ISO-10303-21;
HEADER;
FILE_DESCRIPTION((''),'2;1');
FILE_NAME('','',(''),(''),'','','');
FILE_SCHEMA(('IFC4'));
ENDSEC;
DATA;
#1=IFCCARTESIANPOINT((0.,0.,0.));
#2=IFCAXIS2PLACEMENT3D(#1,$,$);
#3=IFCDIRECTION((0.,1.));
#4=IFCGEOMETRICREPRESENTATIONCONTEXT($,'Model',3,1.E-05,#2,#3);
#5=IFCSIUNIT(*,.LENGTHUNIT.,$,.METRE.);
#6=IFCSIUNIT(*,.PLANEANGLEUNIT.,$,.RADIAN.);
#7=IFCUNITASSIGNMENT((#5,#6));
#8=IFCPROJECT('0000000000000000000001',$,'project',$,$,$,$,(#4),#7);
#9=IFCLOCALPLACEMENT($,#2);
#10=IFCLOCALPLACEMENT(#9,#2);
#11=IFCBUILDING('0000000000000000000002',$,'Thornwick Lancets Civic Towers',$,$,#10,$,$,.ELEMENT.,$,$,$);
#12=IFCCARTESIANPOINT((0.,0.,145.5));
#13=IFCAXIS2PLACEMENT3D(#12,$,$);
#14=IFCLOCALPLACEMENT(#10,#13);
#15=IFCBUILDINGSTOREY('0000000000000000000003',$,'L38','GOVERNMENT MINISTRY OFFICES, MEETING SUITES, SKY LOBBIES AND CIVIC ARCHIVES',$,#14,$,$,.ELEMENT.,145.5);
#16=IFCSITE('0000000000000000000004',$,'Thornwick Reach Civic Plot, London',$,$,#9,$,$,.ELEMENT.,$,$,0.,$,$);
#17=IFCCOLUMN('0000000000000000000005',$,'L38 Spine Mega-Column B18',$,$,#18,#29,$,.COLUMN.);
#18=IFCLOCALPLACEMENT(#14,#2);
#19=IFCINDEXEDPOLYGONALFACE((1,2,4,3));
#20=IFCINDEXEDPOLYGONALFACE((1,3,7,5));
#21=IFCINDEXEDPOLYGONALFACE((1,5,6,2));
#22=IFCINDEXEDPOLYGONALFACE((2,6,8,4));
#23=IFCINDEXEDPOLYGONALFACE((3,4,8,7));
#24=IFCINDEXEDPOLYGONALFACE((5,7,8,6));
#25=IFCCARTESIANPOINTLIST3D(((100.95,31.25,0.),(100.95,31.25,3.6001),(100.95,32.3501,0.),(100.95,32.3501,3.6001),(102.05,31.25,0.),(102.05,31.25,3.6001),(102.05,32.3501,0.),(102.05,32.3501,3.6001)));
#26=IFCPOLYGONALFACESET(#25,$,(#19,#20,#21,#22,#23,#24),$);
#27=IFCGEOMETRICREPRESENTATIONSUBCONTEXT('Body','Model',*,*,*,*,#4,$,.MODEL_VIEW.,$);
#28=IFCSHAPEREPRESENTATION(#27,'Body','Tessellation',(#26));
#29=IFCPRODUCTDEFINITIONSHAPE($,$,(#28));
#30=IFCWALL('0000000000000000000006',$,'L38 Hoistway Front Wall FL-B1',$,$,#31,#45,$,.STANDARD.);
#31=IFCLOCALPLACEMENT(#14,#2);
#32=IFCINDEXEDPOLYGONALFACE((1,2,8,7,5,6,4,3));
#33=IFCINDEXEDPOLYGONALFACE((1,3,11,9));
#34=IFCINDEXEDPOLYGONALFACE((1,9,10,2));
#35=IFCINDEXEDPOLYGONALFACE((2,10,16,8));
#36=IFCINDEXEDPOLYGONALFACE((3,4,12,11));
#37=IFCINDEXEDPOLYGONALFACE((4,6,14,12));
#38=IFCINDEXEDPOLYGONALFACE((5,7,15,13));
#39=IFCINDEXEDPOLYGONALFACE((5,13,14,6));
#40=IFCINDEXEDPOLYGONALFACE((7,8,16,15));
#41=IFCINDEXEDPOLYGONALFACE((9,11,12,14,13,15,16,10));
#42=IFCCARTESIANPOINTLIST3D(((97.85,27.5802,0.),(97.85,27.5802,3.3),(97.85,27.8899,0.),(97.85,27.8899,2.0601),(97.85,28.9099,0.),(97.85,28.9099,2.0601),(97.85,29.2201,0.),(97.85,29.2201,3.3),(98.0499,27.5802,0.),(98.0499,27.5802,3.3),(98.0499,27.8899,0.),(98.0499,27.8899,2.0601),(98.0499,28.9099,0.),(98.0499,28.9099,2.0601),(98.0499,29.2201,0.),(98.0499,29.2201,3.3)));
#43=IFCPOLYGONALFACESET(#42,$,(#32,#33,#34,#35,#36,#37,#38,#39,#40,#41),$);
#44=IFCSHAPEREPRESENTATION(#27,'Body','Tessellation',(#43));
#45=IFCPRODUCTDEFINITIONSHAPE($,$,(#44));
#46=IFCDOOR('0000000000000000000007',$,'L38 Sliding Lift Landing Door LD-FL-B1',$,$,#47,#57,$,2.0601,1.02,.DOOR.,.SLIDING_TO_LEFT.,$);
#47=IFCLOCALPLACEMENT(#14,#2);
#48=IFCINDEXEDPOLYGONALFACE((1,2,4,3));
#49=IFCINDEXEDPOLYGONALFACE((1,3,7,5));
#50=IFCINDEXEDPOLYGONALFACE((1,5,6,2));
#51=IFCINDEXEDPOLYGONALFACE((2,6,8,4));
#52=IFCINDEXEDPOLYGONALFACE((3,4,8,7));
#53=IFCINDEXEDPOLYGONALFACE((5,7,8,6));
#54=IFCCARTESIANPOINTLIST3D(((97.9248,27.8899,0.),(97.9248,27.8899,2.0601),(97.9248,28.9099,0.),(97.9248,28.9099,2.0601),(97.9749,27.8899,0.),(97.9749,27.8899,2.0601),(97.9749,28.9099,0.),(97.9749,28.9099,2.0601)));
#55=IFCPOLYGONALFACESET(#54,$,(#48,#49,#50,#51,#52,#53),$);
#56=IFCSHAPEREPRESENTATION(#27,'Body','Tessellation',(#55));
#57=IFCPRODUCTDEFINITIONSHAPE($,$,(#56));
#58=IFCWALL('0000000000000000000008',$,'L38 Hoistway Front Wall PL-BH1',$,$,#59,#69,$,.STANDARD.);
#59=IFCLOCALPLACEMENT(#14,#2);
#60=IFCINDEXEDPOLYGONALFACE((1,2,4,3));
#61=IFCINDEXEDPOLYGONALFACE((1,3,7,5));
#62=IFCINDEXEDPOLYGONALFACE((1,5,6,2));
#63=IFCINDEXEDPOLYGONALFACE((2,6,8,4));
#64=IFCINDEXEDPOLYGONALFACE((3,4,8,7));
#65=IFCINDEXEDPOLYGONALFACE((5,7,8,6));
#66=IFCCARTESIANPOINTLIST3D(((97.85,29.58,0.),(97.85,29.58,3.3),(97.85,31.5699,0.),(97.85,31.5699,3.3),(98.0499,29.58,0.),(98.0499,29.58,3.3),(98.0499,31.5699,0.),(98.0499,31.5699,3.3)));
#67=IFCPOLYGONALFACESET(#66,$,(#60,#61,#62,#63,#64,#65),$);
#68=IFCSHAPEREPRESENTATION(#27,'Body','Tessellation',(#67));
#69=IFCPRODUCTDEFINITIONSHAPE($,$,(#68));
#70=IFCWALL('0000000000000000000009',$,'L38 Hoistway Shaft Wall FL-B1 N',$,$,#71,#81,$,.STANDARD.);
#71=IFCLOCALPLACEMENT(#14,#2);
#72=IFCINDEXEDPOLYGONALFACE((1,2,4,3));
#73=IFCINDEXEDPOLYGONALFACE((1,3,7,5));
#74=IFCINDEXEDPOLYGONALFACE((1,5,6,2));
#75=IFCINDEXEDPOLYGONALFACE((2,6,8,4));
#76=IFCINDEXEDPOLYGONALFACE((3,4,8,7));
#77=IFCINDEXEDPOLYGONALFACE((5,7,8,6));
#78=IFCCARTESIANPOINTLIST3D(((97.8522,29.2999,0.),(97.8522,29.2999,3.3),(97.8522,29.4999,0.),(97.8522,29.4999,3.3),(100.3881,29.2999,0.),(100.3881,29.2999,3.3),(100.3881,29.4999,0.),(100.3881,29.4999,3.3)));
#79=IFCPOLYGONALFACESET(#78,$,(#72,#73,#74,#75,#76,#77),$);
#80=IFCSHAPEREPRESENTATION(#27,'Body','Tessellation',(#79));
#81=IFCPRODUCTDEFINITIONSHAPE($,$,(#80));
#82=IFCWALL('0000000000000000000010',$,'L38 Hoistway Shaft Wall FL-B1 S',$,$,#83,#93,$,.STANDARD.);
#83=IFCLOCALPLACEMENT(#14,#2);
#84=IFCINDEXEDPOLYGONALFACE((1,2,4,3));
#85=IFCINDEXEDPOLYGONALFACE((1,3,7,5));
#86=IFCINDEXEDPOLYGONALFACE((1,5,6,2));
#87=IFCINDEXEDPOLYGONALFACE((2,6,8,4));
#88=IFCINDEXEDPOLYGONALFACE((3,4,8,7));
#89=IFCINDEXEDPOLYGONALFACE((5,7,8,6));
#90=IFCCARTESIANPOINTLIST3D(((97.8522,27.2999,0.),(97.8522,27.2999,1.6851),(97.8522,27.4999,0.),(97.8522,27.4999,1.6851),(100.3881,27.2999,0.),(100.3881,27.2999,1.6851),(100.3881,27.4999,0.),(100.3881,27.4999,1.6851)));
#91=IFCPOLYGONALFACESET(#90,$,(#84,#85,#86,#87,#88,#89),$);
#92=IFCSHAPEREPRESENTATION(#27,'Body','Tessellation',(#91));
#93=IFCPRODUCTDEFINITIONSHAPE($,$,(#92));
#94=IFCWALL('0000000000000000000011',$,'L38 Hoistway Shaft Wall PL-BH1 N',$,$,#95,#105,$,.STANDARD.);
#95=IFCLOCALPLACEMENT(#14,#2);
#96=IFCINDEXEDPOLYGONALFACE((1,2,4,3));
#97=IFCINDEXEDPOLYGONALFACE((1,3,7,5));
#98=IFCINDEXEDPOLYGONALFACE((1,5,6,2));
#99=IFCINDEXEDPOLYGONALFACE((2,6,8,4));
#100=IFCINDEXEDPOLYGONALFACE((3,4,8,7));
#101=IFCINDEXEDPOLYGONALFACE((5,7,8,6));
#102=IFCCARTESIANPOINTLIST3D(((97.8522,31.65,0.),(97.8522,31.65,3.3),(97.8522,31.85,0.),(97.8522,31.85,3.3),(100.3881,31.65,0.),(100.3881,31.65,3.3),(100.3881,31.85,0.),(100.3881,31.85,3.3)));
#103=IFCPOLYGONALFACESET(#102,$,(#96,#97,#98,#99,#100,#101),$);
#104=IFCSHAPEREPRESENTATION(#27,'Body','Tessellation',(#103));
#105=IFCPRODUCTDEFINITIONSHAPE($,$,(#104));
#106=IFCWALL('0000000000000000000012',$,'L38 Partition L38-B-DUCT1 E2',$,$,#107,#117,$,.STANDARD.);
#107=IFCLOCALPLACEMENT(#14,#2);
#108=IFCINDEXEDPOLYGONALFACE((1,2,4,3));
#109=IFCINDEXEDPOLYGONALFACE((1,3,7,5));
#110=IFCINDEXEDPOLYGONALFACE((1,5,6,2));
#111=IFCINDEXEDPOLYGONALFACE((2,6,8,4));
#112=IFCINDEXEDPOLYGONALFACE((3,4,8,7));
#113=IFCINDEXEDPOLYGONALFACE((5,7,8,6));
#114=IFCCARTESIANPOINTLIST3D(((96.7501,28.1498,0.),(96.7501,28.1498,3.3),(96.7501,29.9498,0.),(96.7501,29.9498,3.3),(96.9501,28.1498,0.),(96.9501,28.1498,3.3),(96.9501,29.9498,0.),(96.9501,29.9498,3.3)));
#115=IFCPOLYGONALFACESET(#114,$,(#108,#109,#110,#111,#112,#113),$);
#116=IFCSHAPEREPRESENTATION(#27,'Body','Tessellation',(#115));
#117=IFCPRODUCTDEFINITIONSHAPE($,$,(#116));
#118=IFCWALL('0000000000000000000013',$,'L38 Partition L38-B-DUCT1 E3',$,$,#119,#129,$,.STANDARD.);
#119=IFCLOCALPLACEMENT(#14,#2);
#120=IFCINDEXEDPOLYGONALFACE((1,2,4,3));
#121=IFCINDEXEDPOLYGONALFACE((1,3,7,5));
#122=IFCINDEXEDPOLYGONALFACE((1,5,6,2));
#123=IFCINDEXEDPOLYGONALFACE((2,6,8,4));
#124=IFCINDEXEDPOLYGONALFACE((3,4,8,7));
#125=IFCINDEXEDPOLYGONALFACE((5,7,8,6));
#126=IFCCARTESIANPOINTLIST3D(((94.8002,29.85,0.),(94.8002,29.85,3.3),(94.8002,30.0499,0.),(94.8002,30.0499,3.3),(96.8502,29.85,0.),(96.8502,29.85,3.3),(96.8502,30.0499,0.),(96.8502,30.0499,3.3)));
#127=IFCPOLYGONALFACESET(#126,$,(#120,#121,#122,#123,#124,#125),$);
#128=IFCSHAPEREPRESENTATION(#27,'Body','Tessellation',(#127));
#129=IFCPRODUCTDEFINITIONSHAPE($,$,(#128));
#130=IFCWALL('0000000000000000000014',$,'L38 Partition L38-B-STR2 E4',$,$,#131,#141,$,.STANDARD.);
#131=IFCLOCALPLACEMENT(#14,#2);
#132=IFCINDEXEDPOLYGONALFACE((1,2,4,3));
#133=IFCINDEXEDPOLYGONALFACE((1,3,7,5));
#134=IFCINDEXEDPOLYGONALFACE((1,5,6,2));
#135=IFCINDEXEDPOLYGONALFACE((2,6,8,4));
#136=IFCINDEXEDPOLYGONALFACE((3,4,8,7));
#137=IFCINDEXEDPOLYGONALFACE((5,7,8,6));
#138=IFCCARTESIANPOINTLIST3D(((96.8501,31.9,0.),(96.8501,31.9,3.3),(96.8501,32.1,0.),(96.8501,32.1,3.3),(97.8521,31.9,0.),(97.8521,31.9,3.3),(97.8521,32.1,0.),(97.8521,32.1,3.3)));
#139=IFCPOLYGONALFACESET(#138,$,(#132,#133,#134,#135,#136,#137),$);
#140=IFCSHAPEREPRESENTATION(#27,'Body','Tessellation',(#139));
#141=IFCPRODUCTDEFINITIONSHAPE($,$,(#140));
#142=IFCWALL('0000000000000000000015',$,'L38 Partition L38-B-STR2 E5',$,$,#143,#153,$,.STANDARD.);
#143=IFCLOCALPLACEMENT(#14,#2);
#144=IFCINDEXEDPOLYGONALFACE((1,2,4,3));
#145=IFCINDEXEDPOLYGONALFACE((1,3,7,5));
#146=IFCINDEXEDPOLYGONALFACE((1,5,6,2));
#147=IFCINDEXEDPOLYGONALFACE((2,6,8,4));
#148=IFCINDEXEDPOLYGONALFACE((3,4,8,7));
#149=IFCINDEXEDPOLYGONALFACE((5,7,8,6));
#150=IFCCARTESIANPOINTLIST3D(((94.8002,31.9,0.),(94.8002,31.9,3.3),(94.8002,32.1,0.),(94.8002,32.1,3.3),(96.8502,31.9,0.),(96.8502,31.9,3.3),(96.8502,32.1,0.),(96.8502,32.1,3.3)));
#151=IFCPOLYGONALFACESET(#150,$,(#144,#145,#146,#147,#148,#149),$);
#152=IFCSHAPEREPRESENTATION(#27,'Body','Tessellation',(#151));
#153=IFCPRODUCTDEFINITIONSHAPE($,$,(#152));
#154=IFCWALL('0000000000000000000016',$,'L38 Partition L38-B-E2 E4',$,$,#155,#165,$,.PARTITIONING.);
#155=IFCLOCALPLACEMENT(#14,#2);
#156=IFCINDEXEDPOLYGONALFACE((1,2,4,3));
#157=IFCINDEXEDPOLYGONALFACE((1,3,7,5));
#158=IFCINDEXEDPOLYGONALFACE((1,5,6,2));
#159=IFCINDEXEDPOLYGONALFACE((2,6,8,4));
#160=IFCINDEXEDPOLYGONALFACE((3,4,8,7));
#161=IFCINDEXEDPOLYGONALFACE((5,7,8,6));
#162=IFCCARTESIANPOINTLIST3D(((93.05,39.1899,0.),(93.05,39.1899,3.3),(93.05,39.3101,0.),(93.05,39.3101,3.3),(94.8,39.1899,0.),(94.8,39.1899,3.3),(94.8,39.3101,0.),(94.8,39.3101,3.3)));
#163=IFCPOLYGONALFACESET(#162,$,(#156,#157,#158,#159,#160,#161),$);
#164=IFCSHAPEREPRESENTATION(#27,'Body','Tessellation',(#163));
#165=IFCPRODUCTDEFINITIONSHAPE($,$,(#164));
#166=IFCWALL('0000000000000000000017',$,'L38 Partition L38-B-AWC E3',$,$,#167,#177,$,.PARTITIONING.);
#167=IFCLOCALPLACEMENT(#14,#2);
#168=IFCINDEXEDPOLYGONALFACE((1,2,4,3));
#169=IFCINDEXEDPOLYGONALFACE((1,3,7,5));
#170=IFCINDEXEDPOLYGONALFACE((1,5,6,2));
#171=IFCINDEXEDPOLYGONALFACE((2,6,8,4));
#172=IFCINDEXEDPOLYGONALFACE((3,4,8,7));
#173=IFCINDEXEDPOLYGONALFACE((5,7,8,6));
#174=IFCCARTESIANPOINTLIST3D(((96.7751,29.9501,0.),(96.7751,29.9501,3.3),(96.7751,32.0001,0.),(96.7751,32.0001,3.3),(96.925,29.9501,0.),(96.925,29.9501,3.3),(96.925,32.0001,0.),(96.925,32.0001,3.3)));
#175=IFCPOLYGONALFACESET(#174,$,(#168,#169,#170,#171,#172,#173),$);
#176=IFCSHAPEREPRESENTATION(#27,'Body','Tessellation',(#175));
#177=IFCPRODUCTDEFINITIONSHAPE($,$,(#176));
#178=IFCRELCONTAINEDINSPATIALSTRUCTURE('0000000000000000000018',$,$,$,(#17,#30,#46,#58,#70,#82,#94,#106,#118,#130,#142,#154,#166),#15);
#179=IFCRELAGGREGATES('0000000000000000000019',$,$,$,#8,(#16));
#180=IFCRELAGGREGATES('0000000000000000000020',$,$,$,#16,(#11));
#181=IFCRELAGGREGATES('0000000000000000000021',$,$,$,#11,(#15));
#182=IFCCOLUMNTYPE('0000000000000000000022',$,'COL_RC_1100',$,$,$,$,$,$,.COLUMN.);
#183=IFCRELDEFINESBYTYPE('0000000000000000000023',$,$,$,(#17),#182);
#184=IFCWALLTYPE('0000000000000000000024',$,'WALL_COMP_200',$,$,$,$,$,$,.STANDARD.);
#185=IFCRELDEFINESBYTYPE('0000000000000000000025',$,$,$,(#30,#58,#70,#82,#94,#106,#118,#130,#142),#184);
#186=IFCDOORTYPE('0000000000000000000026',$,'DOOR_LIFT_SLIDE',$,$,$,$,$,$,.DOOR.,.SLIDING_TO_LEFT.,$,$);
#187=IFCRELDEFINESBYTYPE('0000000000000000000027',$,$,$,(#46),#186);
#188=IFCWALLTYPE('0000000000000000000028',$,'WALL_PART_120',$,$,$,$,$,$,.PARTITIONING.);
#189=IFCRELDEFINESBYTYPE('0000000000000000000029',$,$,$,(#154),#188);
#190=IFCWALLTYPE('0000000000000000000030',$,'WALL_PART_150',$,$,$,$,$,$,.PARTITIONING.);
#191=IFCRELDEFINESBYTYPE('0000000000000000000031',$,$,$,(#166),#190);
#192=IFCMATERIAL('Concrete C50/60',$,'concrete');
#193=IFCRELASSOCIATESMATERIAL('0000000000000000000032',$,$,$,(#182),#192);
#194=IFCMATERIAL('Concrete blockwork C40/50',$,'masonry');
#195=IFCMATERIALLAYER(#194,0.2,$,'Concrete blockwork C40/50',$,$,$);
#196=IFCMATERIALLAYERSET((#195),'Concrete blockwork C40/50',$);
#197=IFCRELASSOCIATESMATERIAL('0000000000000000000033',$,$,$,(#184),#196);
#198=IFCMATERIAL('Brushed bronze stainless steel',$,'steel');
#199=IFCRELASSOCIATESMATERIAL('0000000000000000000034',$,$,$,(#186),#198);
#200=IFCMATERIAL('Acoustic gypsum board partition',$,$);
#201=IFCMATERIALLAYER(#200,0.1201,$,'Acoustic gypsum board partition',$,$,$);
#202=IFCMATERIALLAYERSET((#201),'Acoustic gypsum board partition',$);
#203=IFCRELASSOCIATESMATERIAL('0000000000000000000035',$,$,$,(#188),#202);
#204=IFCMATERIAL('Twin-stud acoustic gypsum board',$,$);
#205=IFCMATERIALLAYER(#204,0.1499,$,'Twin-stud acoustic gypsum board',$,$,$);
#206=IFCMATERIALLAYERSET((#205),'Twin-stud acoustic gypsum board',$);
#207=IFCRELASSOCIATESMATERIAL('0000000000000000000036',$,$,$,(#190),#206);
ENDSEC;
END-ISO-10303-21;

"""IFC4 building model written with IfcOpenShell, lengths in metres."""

from ifc_helpers import new_model, si_unit, direction, frame, frame_2d, origin, origin_2d, place, context, subcontext, project, spatial, rectangle, extrude, material, layer, layer_set, material_profile, profile_set, type_object, element, fill, save


model = new_model("IFC4")

# Units and contexts
model_context = context("Model", 3, precision=1e-05, world=origin(), true_north=direction((0.0, 1.0)))
body_context = subcontext(model_context, "Body", "Model", "MODEL_VIEW")
ifc_project = project(units=[si_unit("LENGTHUNIT", "METRE"), si_unit("PLANEANGLEUNIT", "RADIAN")], contexts=[model_context])

# Site, building, storey
site_placement = place(None, origin())
site = spatial("IfcSite", under=ifc_project, at=site_placement, Name="Thornwick Reach Civic Plot, London", CompositionType="ELEMENT", RefElevation=0.0)
building_placement = place(site_placement, origin())
building = spatial("IfcBuilding", under=site, at=building_placement, Name="Thornwick Lancets Civic Towers", CompositionType="ELEMENT")
storey_placement = place(building_placement, frame((0.0, 0.0, 145.5)))
storey = spatial("IfcBuildingStorey", under=building, at=storey_placement, Name="L38", Description="GOVERNMENT MINISTRY OFFICES, MEETING SUITES, SKY LOBBIES AND CIVIC ARCHIVES", CompositionType="ELEMENT", Elevation=145.5)

# Column
ifc_material_1 = material(Name="Concrete C50/60", Category="concrete")
ifc_material_profile = material_profile(ifc_material_1, rectangle(XDim=1.1001, YDim=1.1001, at=origin_2d()), Name="RC 1100x1100")
ifc_profile_set = profile_set([ifc_material_profile], Name="Concrete C50/60")
column_type = type_object("IfcColumnType", Name="COL_RC_1100", PredefinedType="COLUMN", material=ifc_profile_set)
column_placement = place(storey_placement, frame((101.5, 31.8, 0.0), z_axis=(0.0, 0.0, 1.0), x_axis=(1.0, 0.0, 0.0)))
element("IfcColumn", 1, at=column_placement, inside=storey, type_object=column_type, Name="L38 Spine Mega-Column B18", PredefinedType="COLUMN", context=body_context, shape_type="SweptSolid", body=[
    extrude(rectangle(XDim=1.1001, YDim=1.1001, at=origin_2d()), origin(), (0.0, 0.0, 1.0), 3.6001),
])

# Wall, opening, door
ifc_material_2 = material(Name="Concrete blockwork C40/50", Category="masonry")
ifc_layer_1 = layer(ifc_material_2, 0.2, Name="Concrete blockwork C40/50")
ifc_layer_set_1 = layer_set([ifc_layer_1], Name="Concrete blockwork C40/50")
wall_type_1 = type_object("IfcWallType", Name="WALL_COMP_200", PredefinedType="STANDARD", material=ifc_layer_set_1)
wall_1_placement = place(storey_placement, frame((97.95, 29.22, 0.0), z_axis=(0.0, 0.0, 1.0), x_axis=(0.0, -1.0, 0.0)))
wall_1 = element("IfcWall", 2, at=wall_1_placement, inside=storey, type_object=wall_type_1, Name="L38 Hoistway Front Wall FL-B1", PredefinedType="STANDARD", context=body_context, shape_type="SweptSolid", body=[
    extrude(rectangle(XDim=1.6399, YDim=0.2, at=frame_2d((0.8198, 0.0))), origin(), (0.0, 0.0, 1.0), 3.3),
])
opening_1_placement = place(wall_1_placement, frame((0.3101, 0.0, 0.0)))
opening_1 = element("IfcOpeningElement", 3, at=opening_1_placement, cuts=wall_1, PredefinedType="OPENING", context=body_context, shape_type="SweptSolid", body=[
    extrude(rectangle(XDim=1.02, YDim=2.0601, at=frame_2d((0.51, 1.03))), frame((0.0, 0.1099, 0.0), z_axis=(0.0, -1.0, 0.0), x_axis=(1.0, 0.0, 0.0)), (0.0, 0.0, 1.0), 0.22),
])
ifc_material_3 = material(Name="Brushed bronze stainless steel", Category="steel")
door_type_1 = type_object("IfcDoorType", Name="DOOR_LIFT_SLIDE", OperationType="SLIDING_TO_LEFT", PredefinedType="DOOR", material=ifc_material_3)
door_1_placement = place(opening_1_placement, origin())
door_1 = element("IfcDoor", 4, at=door_1_placement, inside=storey, type_object=door_type_1, Name="L38 Sliding Lift Landing Door LD-FL-B1", OperationType="SLIDING_TO_LEFT", OverallHeight=2.0601, OverallWidth=1.02, PredefinedType="DOOR", context=body_context, shape_type="SweptSolid", body=[
    extrude(rectangle(XDim=1.02, YDim=2.0601, at=frame_2d((0.51, 1.03))), frame((0.0, 0.0249, 0.0), z_axis=(0.0, -1.0, 0.0), x_axis=(1.0, 0.0, 0.0)), (0.0, 0.0, 1.0), 0.05),
])
fill(opening_1, door_1)

# Walls
wall_2_placement = place(storey_placement, frame((97.95, 31.5701, 0.0), z_axis=(0.0, 0.0, 1.0), x_axis=(0.0, -1.0, 0.0)))
element("IfcWall", 5, at=wall_2_placement, inside=storey, type_object=wall_type_1, Name="L38 Hoistway Front Wall PL-BH1", PredefinedType="STANDARD", context=body_context, shape_type="SweptSolid", body=[
    extrude(rectangle(XDim=1.99, YDim=0.2, at=frame_2d((0.9951, 0.0))), origin(), (0.0, 0.0, 1.0), 3.3),
])
wall_3_placement = place(storey_placement, frame((97.8521, 29.3999, 0.0), z_axis=(0.0, 0.0, 1.0), x_axis=(1.0, 0.0, 0.0)))
element("IfcWall", 6, at=wall_3_placement, inside=storey, type_object=wall_type_1, Name="L38 Hoistway Shaft Wall FL-B1 N", PredefinedType="STANDARD", context=body_context, shape_type="SweptSolid", body=[
    extrude(rectangle(XDim=2.5359, YDim=0.2, at=frame_2d((1.2681, 0.0))), origin(), (0.0, 0.0, 1.0), 3.3),
])
wall_4_placement = place(storey_placement, frame((97.8521, 27.3999, 0.0), z_axis=(0.0, 0.0, 1.0), x_axis=(1.0, 0.0, 0.0)))
element("IfcWall", 7, at=wall_4_placement, inside=storey, type_object=wall_type_1, Name="L38 Hoistway Shaft Wall FL-B1 S", PredefinedType="STANDARD", context=body_context, shape_type="SweptSolid", body=[
    extrude(rectangle(XDim=2.5359, YDim=0.2, at=frame_2d((1.2681, 0.0))), origin(), (0.0, 0.0, 1.0), 1.6851),
])
wall_5_placement = place(storey_placement, frame((97.8521, 31.75, 0.0), z_axis=(0.0, 0.0, 1.0), x_axis=(1.0, 0.0, 0.0)))
element("IfcWall", 8, at=wall_5_placement, inside=storey, type_object=wall_type_1, Name="L38 Hoistway Shaft Wall PL-BH1 N", PredefinedType="STANDARD", context=body_context, shape_type="SweptSolid", body=[
    extrude(rectangle(XDim=2.5359, YDim=0.2, at=frame_2d((1.2681, 0.0))), origin(), (0.0, 0.0, 1.0), 3.3),
])
wall_6_placement = place(storey_placement, frame((96.8501, 28.1499, 0.0), z_axis=(0.0, 0.0, 1.0), x_axis=(0.0, 1.0, 0.0)))
element("IfcWall", 9, at=wall_6_placement, inside=storey, type_object=wall_type_1, Name="L38 Partition L38-B-DUCT1 E2", PredefinedType="STANDARD", context=body_context, shape_type="SweptSolid", body=[
    extrude(rectangle(XDim=1.8, YDim=0.2, at=frame_2d((0.8999, 0.0))), origin(), (0.0, 0.0, 1.0), 3.3),
])
wall_7_placement = place(storey_placement, frame((96.8501, 29.95, 0.0), z_axis=(0.0, 0.0, 1.0), x_axis=(-1.0, 0.0, 0.0)))
element("IfcWall", 10, at=wall_7_placement, inside=storey, type_object=wall_type_1, Name="L38 Partition L38-B-DUCT1 E3", PredefinedType="STANDARD", context=body_context, shape_type="SweptSolid", body=[
    extrude(rectangle(XDim=2.05, YDim=0.2, at=frame_2d((1.0249, 0.0))), origin(), (0.0, 0.0, 1.0), 3.3),
])
wall_8_placement = place(storey_placement, frame((97.8521, 32.0, 0.0), z_axis=(0.0, 0.0, 1.0), x_axis=(-1.0, 0.0, 0.0)))
element("IfcWall", 11, at=wall_8_placement, inside=storey, type_object=wall_type_1, Name="L38 Partition L38-B-STR2 E4", PredefinedType="STANDARD", context=body_context, shape_type="SweptSolid", body=[
    extrude(rectangle(XDim=1.002, YDim=0.2, at=frame_2d((0.501, 0.0))), origin(), (0.0, 0.0, 1.0), 3.3),
])
wall_9_placement = place(storey_placement, frame((96.8501, 32.0, 0.0), z_axis=(0.0, 0.0, 1.0), x_axis=(-1.0, 0.0, 0.0)))
element("IfcWall", 12, at=wall_9_placement, inside=storey, type_object=wall_type_1, Name="L38 Partition L38-B-STR2 E5", PredefinedType="STANDARD", context=body_context, shape_type="SweptSolid", body=[
    extrude(rectangle(XDim=2.05, YDim=0.2, at=frame_2d((1.0249, 0.0))), origin(), (0.0, 0.0, 1.0), 3.3),
])
ifc_material_4 = material(Name="Acoustic gypsum board partition")
ifc_layer_2 = layer(ifc_material_4, 0.1201, Name="Acoustic gypsum board partition")
ifc_layer_set_2 = layer_set([ifc_layer_2], Name="Acoustic gypsum board partition")
wall_type_2 = type_object("IfcWallType", Name="WALL_PART_120", PredefinedType="PARTITIONING", material=ifc_layer_set_2)
wall_10_placement = place(storey_placement, frame((94.8, 39.25, 0.0), z_axis=(0.0, 0.0, 1.0), x_axis=(-1.0, 0.0, 0.0)))
element("IfcWall", 13, at=wall_10_placement, inside=storey, type_object=wall_type_2, Name="L38 Partition L38-B-E2 E4", PredefinedType="PARTITIONING", context=body_context, shape_type="SweptSolid", body=[
    extrude(rectangle(XDim=1.75, YDim=0.1201, at=frame_2d((0.875, 0.0))), origin(), (0.0, 0.0, 1.0), 3.3),
])
ifc_material_5 = material(Name="Twin-stud acoustic gypsum board")
ifc_layer_3 = layer(ifc_material_5, 0.1499, Name="Twin-stud acoustic gypsum board")
ifc_layer_set_3 = layer_set([ifc_layer_3], Name="Twin-stud acoustic gypsum board")
wall_type_3 = type_object("IfcWallType", Name="WALL_PART_150", PredefinedType="PARTITIONING", material=ifc_layer_set_3)
wall_11_placement = place(storey_placement, frame((96.8501, 32.0, 0.0), z_axis=(0.0, 0.0, 1.0), x_axis=(0.0, -1.0, 0.0)))
element("IfcWall", 14, at=wall_11_placement, inside=storey, type_object=wall_type_3, Name="L38 Partition L38-B-AWC E3", PredefinedType="PARTITIONING", context=body_context, shape_type="SweptSolid", body=[
    extrude(rectangle(XDim=2.05, YDim=0.1499, at=frame_2d((1.0249, 0.0))), origin(), (0.0, 0.0, 1.0), 3.3),
])

save(model, "model.ifc")
